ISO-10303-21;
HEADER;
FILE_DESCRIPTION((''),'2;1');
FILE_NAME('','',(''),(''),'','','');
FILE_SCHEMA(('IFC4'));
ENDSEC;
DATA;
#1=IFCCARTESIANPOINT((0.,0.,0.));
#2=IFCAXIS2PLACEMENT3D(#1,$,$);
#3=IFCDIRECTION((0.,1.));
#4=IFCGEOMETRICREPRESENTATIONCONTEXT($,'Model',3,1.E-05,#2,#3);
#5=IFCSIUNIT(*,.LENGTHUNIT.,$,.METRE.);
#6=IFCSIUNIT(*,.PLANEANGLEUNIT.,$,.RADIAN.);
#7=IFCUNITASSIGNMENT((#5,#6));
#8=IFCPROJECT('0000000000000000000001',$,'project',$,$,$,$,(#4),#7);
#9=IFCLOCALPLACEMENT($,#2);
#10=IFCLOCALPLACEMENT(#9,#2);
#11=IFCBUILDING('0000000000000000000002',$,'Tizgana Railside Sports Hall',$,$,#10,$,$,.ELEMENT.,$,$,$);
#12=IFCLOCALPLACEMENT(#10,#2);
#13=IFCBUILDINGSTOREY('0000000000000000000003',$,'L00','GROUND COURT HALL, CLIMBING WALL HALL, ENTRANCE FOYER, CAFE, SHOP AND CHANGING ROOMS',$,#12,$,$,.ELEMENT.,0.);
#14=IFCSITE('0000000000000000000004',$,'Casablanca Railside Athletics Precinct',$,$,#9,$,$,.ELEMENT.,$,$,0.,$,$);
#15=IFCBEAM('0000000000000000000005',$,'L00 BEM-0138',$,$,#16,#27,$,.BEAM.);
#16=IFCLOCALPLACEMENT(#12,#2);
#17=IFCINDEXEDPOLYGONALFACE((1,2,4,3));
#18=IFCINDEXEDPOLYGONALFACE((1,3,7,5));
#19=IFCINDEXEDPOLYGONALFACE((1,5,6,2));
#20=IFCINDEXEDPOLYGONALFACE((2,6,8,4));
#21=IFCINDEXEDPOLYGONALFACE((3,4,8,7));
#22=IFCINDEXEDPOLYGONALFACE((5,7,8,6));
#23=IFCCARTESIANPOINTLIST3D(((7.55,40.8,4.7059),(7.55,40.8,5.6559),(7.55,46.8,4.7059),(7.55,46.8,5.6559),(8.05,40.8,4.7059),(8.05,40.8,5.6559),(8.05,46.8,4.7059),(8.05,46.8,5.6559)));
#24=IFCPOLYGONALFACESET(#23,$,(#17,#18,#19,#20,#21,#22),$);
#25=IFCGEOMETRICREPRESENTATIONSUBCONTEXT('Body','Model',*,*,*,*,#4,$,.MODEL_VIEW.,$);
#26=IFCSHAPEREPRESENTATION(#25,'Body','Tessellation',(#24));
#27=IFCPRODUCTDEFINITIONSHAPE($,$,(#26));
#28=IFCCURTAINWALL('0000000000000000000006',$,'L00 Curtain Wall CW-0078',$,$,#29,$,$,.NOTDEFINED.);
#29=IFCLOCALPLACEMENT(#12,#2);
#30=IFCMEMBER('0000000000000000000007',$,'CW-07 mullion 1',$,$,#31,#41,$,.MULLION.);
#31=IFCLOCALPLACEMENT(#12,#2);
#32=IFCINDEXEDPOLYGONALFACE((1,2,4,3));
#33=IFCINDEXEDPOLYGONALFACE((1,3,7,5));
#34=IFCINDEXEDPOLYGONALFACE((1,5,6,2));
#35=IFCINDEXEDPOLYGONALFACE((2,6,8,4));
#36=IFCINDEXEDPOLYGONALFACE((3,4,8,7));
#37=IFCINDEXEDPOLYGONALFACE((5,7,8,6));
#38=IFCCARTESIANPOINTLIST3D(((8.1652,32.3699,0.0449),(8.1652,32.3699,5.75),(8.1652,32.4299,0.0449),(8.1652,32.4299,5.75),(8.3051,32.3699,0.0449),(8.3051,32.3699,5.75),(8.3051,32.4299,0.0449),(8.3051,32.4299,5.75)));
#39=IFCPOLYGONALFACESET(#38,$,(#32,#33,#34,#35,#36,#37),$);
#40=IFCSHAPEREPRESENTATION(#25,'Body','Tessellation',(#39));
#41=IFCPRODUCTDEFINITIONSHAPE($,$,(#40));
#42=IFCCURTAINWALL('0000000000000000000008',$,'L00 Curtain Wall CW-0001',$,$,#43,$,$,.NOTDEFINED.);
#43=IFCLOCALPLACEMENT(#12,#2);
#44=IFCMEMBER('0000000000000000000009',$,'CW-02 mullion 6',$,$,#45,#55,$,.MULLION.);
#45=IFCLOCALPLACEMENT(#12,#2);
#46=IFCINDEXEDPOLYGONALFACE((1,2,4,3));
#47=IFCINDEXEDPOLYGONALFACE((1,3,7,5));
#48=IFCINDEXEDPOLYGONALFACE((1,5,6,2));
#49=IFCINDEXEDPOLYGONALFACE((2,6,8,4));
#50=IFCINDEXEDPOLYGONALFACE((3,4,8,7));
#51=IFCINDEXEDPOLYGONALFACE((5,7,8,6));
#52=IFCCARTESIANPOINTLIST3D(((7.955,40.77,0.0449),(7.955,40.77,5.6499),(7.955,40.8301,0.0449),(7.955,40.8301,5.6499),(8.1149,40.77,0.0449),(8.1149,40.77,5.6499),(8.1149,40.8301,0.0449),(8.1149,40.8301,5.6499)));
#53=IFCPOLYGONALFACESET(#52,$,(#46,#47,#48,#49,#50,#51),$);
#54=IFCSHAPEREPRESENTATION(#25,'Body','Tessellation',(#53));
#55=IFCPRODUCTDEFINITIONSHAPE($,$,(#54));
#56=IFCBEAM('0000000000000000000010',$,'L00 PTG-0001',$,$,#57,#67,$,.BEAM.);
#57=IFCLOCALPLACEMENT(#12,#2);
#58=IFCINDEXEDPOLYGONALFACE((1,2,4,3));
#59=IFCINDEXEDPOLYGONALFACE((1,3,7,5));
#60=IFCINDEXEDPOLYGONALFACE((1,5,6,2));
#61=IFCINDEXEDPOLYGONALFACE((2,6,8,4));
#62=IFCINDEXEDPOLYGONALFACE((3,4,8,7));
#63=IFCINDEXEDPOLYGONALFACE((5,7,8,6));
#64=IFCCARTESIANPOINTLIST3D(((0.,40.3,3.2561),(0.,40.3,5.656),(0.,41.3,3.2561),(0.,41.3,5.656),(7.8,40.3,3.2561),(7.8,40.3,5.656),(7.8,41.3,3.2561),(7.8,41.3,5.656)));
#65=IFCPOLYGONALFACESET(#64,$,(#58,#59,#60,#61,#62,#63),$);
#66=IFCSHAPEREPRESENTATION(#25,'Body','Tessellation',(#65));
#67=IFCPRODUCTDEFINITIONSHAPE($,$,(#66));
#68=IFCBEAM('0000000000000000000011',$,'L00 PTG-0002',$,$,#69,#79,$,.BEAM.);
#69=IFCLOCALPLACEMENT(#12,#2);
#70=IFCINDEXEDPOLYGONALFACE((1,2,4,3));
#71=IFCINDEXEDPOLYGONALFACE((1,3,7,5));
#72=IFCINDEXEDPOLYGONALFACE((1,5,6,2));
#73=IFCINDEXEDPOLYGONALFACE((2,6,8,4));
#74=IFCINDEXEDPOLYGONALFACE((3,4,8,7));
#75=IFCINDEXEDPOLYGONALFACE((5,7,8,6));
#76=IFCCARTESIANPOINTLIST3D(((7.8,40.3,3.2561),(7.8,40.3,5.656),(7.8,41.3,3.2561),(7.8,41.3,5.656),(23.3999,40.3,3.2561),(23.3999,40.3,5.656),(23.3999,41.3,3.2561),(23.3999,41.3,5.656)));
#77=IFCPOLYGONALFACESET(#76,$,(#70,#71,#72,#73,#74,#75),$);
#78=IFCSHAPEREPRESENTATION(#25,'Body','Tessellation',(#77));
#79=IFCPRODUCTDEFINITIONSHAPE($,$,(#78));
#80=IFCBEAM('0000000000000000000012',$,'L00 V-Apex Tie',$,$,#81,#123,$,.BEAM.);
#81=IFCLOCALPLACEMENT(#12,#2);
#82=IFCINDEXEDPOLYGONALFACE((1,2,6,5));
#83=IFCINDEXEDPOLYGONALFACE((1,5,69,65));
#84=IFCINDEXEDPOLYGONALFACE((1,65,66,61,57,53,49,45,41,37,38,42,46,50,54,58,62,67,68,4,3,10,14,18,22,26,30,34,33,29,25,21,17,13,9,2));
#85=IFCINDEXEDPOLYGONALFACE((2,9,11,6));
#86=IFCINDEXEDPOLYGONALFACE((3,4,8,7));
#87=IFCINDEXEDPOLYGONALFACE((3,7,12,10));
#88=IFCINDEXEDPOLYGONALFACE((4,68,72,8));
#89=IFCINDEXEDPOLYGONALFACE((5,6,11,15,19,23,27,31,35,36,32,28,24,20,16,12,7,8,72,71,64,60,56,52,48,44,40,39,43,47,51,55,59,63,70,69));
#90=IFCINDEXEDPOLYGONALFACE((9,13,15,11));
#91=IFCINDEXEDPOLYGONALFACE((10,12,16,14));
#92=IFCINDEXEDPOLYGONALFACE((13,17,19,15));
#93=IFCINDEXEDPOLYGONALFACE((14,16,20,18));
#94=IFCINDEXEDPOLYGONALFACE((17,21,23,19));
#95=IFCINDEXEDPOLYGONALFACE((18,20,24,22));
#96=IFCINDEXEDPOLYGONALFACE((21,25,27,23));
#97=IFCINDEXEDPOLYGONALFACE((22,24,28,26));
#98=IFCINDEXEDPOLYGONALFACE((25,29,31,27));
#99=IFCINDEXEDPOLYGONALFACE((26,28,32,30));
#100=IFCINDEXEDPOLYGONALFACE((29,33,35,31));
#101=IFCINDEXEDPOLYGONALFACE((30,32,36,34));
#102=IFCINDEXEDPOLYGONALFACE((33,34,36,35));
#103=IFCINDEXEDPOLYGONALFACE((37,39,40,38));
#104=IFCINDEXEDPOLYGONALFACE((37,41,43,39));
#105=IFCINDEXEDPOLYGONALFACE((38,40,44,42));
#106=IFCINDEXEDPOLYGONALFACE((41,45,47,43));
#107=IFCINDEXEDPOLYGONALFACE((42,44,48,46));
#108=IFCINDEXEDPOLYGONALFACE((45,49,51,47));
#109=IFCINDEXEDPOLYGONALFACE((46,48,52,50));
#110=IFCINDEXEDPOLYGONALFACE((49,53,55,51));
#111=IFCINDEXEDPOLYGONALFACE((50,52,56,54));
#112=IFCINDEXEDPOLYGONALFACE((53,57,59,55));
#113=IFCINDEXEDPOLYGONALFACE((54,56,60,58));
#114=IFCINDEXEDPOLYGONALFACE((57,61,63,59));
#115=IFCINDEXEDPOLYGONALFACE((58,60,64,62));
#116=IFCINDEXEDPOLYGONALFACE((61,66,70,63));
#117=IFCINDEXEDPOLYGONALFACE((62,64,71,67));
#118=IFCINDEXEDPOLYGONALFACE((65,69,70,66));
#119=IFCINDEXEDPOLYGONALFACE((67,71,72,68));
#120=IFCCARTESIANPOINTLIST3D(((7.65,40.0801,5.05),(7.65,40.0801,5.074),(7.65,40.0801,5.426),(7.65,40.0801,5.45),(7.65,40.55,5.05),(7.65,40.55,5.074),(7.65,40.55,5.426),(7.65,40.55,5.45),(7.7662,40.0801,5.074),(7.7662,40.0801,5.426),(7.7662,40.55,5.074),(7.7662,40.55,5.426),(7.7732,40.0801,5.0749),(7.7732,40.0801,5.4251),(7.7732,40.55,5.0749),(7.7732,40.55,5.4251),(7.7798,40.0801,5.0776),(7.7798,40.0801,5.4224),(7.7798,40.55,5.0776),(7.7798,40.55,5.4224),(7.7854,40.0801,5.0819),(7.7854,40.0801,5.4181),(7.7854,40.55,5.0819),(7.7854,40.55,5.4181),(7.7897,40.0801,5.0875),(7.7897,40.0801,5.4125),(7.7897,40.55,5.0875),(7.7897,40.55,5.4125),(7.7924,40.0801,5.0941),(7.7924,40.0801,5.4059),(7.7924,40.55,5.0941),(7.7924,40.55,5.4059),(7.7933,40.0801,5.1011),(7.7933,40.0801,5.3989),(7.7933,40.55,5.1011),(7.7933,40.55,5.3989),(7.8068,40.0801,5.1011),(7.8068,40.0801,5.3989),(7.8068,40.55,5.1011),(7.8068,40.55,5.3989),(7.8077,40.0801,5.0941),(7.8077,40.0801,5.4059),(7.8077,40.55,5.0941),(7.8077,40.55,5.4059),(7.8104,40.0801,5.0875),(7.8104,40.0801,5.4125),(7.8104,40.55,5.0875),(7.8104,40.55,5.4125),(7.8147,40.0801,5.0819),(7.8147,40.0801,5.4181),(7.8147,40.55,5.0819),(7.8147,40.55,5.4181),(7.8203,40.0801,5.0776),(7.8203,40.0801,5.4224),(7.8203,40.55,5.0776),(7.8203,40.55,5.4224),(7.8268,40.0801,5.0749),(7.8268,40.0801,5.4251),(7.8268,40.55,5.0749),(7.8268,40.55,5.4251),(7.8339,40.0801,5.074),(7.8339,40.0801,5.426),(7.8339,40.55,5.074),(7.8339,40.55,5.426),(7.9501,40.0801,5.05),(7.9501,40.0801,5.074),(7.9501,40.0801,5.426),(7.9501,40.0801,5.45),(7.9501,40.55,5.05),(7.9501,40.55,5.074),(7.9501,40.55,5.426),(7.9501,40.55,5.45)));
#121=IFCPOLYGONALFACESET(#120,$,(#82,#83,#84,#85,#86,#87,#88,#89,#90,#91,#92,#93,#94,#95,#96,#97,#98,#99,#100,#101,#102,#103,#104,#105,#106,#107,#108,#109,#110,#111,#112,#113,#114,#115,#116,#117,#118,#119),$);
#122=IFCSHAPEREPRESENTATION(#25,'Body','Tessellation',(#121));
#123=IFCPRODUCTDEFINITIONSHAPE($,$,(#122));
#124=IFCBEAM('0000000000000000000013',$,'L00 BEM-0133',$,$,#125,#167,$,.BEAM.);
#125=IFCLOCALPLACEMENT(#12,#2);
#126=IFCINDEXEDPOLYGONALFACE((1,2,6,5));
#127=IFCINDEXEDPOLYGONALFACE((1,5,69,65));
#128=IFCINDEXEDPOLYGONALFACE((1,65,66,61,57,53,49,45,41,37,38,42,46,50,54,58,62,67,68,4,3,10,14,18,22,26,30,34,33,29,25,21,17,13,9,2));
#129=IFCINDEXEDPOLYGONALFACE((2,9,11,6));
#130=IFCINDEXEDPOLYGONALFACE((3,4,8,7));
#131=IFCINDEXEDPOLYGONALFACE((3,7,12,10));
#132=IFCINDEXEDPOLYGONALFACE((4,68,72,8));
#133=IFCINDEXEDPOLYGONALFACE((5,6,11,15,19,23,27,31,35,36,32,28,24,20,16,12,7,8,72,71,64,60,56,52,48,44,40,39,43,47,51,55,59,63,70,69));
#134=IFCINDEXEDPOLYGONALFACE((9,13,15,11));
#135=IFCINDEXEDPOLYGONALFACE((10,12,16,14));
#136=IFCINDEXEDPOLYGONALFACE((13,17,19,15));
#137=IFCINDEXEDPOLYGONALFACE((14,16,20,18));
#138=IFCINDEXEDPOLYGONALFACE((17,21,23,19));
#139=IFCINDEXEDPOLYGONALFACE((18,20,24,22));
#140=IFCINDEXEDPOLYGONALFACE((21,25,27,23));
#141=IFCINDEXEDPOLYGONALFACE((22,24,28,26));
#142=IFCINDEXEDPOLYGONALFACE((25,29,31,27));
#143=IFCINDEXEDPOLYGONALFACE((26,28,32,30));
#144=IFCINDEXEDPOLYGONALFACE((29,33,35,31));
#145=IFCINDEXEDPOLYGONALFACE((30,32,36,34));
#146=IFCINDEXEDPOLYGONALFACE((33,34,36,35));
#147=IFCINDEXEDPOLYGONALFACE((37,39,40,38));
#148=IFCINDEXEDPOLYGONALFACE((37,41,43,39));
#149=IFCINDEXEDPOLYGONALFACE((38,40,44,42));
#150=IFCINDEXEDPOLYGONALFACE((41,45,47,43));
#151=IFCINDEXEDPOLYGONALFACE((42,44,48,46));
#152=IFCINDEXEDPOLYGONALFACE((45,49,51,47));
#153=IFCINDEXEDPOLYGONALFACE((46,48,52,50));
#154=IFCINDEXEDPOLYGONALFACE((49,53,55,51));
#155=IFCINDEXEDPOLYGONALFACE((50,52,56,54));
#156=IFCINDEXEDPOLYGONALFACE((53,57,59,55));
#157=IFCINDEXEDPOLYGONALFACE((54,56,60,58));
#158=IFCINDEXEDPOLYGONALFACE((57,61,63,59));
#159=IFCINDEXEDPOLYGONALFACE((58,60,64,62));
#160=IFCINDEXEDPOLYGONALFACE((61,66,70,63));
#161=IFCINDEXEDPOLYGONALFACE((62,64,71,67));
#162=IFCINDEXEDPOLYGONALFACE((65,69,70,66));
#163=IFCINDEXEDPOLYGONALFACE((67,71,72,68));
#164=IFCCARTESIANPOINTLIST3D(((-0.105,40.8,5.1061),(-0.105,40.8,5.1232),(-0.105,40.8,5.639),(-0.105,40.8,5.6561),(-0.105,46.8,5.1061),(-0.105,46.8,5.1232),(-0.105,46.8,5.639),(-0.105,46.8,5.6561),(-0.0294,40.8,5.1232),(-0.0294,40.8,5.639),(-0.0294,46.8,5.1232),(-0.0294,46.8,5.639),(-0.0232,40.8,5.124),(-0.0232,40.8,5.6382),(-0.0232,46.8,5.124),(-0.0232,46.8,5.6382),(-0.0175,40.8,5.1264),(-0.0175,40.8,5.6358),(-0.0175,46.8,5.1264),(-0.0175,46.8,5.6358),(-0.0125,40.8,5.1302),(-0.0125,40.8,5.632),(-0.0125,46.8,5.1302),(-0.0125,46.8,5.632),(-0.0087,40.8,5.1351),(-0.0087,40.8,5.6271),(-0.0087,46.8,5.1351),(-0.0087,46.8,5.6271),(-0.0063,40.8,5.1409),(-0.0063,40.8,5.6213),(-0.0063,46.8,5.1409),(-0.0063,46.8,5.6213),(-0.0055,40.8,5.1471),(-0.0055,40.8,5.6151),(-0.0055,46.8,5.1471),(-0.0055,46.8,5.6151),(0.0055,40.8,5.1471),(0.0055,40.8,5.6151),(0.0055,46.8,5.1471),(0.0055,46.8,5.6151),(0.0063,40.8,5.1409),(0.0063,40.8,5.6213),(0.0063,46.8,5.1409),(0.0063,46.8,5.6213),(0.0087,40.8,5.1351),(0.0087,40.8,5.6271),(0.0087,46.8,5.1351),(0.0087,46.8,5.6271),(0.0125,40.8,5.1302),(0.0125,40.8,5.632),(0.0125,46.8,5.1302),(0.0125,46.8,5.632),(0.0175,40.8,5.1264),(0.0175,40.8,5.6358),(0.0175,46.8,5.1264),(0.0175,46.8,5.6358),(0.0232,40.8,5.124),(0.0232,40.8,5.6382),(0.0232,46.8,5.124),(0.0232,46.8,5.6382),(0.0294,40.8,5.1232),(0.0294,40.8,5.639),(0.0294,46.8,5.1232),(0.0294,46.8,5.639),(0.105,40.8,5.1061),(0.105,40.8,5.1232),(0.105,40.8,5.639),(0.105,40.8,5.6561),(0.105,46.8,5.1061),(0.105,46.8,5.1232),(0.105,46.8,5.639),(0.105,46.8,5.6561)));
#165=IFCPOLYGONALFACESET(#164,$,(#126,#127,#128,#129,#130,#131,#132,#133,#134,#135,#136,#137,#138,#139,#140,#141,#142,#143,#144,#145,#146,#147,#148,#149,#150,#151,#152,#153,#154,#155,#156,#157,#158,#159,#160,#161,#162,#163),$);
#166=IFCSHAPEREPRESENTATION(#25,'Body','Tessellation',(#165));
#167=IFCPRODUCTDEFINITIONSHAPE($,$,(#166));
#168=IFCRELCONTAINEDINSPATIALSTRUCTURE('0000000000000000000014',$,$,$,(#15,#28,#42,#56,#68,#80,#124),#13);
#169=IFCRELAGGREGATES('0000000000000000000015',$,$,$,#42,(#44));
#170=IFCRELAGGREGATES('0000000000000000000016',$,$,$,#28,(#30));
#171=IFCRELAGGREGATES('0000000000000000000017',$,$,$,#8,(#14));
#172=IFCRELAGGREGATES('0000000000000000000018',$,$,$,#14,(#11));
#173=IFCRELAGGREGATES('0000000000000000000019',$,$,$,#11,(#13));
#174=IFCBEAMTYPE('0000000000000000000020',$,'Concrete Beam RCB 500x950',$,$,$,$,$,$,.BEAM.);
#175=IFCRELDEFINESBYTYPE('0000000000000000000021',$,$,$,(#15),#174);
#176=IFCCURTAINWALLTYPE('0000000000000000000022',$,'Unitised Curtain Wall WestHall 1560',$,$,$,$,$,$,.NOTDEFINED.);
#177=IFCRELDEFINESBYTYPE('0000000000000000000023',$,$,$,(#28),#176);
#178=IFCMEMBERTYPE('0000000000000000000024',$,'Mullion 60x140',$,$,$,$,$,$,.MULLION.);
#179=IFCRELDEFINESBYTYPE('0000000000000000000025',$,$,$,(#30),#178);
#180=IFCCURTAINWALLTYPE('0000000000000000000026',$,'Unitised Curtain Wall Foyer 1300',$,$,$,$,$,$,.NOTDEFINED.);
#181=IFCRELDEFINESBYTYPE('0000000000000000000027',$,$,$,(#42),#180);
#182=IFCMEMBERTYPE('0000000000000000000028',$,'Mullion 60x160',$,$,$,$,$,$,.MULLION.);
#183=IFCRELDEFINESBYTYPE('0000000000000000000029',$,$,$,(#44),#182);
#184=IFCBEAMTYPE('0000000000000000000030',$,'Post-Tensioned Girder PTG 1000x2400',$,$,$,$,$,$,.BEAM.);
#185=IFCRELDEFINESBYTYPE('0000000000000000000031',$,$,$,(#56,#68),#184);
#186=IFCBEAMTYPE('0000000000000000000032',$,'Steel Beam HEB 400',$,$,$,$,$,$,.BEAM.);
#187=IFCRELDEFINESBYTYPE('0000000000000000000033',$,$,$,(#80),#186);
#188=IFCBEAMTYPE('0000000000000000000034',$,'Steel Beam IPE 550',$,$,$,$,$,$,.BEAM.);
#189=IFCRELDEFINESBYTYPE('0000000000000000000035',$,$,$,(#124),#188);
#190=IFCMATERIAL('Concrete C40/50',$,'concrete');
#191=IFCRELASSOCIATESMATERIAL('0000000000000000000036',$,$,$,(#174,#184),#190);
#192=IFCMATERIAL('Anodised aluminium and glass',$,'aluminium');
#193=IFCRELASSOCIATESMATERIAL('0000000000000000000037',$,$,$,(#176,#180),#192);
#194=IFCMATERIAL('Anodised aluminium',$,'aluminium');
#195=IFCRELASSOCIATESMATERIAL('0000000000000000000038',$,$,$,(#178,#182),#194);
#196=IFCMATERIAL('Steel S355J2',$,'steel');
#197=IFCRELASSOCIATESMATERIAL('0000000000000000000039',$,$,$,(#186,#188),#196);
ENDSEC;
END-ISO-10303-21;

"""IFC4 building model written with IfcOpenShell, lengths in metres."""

from ifc_helpers import new_model, si_unit, direction, frame, origin, origin_2d, place, context, subcontext, project, spatial, rectangle, i_section, extrude, material, material_profile, profile_set, type_object, element, aggregate, save


model = new_model("IFC4")

# Units and contexts
model_context = context("Model", 3, precision=1e-05, world=origin(), true_north=direction((0.0, 1.0)))
body_context = subcontext(model_context, "Body", "Model", "MODEL_VIEW")
ifc_project = project(units=[si_unit("LENGTHUNIT", "METRE"), si_unit("PLANEANGLEUNIT", "RADIAN")], contexts=[model_context])

# Site, building, storey
site_placement = place(None, origin())
site = spatial("IfcSite", under=ifc_project, at=site_placement, Name="Casablanca Railside Athletics Precinct", CompositionType="ELEMENT", RefElevation=0.0)
building_placement = place(site_placement, origin())
building = spatial("IfcBuilding", under=site, at=building_placement, Name="Tizgana Railside Sports Hall", CompositionType="ELEMENT")
storey_placement = place(building_placement, origin())
storey = spatial("IfcBuildingStorey", under=building, at=storey_placement, Name="L00", Description="GROUND COURT HALL, CLIMBING WALL HALL, ENTRANCE FOYER, CAFE, SHOP AND CHANGING ROOMS", CompositionType="ELEMENT", Elevation=0.0)

# Shared definitions
ifc_material_1 = material(Name="Concrete C40/50", Category="concrete")
ifc_material_2 = material(Name="Steel S355J2", Category="steel")

# Beam
ifc_material_profile_1 = material_profile(ifc_material_1, rectangle(XDim=0.5, YDim=0.95, at=origin_2d()), Name="RCB 500x950")
ifc_profile_set_1 = profile_set([ifc_material_profile_1], Name="Concrete C40/50")
beam_type_1 = type_object("IfcBeamType", Name="Concrete Beam RCB 500x950", PredefinedType="BEAM", material=ifc_profile_set_1)
beam_1_placement = place(storey_placement, frame((7.8, 40.8, 5.1809), z_axis=(0.0, 1.0, 0.0), x_axis=(-1.0, 0.0, 0.0)))
element("IfcBeam", 1, at=beam_1_placement, inside=storey, type_object=beam_type_1, Name="L00 BEM-0138", PredefinedType="BEAM", context=body_context, shape_type="SweptSolid", body=[
    extrude(rectangle(XDim=0.5, YDim=0.95, at=origin_2d()), origin(), (0.0, 0.0, 1.0), 6.0),
])

# Curtain walls, members
ifc_material_3 = material(Name="Anodised aluminium and glass", Category="aluminium")
curtain_wall_type_1 = type_object("IfcCurtainWallType", Name="Unitised Curtain Wall WestHall 1560", PredefinedType="NOTDEFINED", material=ifc_material_3)
curtain_wall_1_placement = place(storey_placement, origin())
curtain_wall_1 = element("IfcCurtainWall", 2, at=curtain_wall_1_placement, inside=storey, type_object=curtain_wall_type_1, Name="L00 Curtain Wall CW-0078", PredefinedType="NOTDEFINED")
ifc_material_4 = material(Name="Anodised aluminium", Category="aluminium")
ifc_material_profile_2 = material_profile(ifc_material_4, rectangle(XDim=0.0601, YDim=0.1399, at=origin_2d()), Name="Mullion 60x140")
ifc_profile_set_2 = profile_set([ifc_material_profile_2], Name="Anodised aluminium")
member_type_1 = type_object("IfcMemberType", Name="Mullion 60x140", PredefinedType="MULLION", material=ifc_profile_set_2)
member_1_placement = place(storey_placement, frame((8.2351, 32.3999, 0.0449), z_axis=(0.0, 0.0, 1.0), x_axis=(0.0, 1.0, 0.0)))
member_1 = element("IfcMember", 3, at=member_1_placement, type_object=member_type_1, Name="CW-07 mullion 1", PredefinedType="MULLION", context=body_context, shape_type="SweptSolid", body=[
    extrude(rectangle(XDim=0.0601, YDim=0.1399, at=origin_2d()), origin(), (0.0, 0.0, 1.0), 5.7051),
])
curtain_wall_type_2 = type_object("IfcCurtainWallType", Name="Unitised Curtain Wall Foyer 1300", PredefinedType="NOTDEFINED", material=ifc_material_3)
curtain_wall_2_placement = place(storey_placement, origin())
curtain_wall_2 = element("IfcCurtainWall", 4, at=curtain_wall_2_placement, inside=storey, type_object=curtain_wall_type_2, Name="L00 Curtain Wall CW-0001", PredefinedType="NOTDEFINED")
ifc_material_profile_3 = material_profile(ifc_material_4, rectangle(XDim=0.0601, YDim=0.1599, at=origin_2d()), Name="Mullion 60x160")
ifc_profile_set_3 = profile_set([ifc_material_profile_3], Name="Anodised aluminium")
member_type_2 = type_object("IfcMemberType", Name="Mullion 60x160", PredefinedType="MULLION", material=ifc_profile_set_3)
member_2_placement = place(storey_placement, frame((8.0349, 40.8, 0.0449), z_axis=(0.0, 0.0, 1.0), x_axis=(0.0, -1.0, 0.0)))
member_2 = element("IfcMember", 5, at=member_2_placement, type_object=member_type_2, Name="CW-02 mullion 6", PredefinedType="MULLION", context=body_context, shape_type="SweptSolid", body=[
    extrude(rectangle(XDim=0.0601, YDim=0.1599, at=origin_2d()), origin(), (0.0, 0.0, 1.0), 5.605),
])

# Beams
ifc_material_profile_4 = material_profile(ifc_material_1, rectangle(XDim=1.0, YDim=2.3999, at=origin_2d()), Name="PTG 1000x2400")
ifc_profile_set_4 = profile_set([ifc_material_profile_4], Name="Concrete C40/50")
beam_type_2 = type_object("IfcBeamType", Name="Post-Tensioned Girder PTG 1000x2400", PredefinedType="BEAM", material=ifc_profile_set_4)
beam_2_placement = place(storey_placement, frame((0.0, 40.8, 4.4561), z_axis=(1.0, 0.0, 0.0), x_axis=(0.0, 1.0, 0.0)))
element("IfcBeam", 6, at=beam_2_placement, inside=storey, type_object=beam_type_2, Name="L00 PTG-0001", PredefinedType="BEAM", context=body_context, shape_type="SweptSolid", body=[
    extrude(rectangle(XDim=1.0, YDim=2.3999, at=origin_2d()), origin(), (0.0, 0.0, 1.0), 7.8),
])
beam_3_placement = place(storey_placement, frame((7.8, 40.8, 4.4561), z_axis=(1.0, 0.0, 0.0), x_axis=(0.0, 1.0, 0.0)))
element("IfcBeam", 7, at=beam_3_placement, inside=storey, type_object=beam_type_2, Name="L00 PTG-0002", PredefinedType="BEAM", context=body_context, shape_type="SweptSolid", body=[
    extrude(rectangle(XDim=1.0, YDim=2.3999, at=origin_2d()), origin(), (0.0, 0.0, 1.0), 15.5999),
])
ifc_material_profile_5 = material_profile(ifc_material_2, i_section(OverallWidth=0.3, OverallDepth=0.3999, WebThickness=0.0134, FlangeThickness=0.0239, FilletRadius=0.0271, at=origin_2d()), Name="HEB 400")
ifc_profile_set_5 = profile_set([ifc_material_profile_5], Name="Steel S355J2")
beam_type_3 = type_object("IfcBeamType", Name="Steel Beam HEB 400", PredefinedType="BEAM", material=ifc_profile_set_5)
beam_4_placement = place(storey_placement, frame((7.8, 40.0801, 5.25), z_axis=(0.0, 1.0, 0.0), x_axis=(-1.0, 0.0, 0.0)))
element("IfcBeam", 8, at=beam_4_placement, inside=storey, type_object=beam_type_3, Name="L00 V-Apex Tie", PredefinedType="BEAM", context=body_context, shape_type="SweptSolid", body=[
    extrude(i_section(OverallWidth=0.3, OverallDepth=0.3999, WebThickness=0.0134, FlangeThickness=0.0239, FilletRadius=0.0271, at=origin_2d()), origin(), (0.0, 0.0, 1.0), 0.47),
])
ifc_material_profile_6 = material_profile(ifc_material_2, i_section(OverallWidth=0.21, OverallDepth=0.55, WebThickness=0.011, FlangeThickness=0.0171, FilletRadius=0.0239, at=origin_2d()), Name="IPE 550")
ifc_profile_set_6 = profile_set([ifc_material_profile_6], Name="Steel S355J2")
beam_type_4 = type_object("IfcBeamType", Name="Steel Beam IPE 550", PredefinedType="BEAM", material=ifc_profile_set_6)
beam_5_placement = place(storey_placement, frame((0.0, 40.8, 5.3811), z_axis=(0.0, 1.0, 0.0), x_axis=(-1.0, 0.0, 0.0)))
element("IfcBeam", 9, at=beam_5_placement, inside=storey, type_object=beam_type_4, Name="L00 BEM-0133", PredefinedType="BEAM", context=body_context, shape_type="SweptSolid", body=[
    extrude(i_section(OverallWidth=0.21, OverallDepth=0.55, WebThickness=0.011, FlangeThickness=0.0171, FilletRadius=0.0239, at=origin_2d()), origin(), (0.0, 0.0, 1.0), 6.0),
])

aggregate(curtain_wall_2, [member_2])
aggregate(curtain_wall_1, [member_1])

save(model, "model.ifc")
